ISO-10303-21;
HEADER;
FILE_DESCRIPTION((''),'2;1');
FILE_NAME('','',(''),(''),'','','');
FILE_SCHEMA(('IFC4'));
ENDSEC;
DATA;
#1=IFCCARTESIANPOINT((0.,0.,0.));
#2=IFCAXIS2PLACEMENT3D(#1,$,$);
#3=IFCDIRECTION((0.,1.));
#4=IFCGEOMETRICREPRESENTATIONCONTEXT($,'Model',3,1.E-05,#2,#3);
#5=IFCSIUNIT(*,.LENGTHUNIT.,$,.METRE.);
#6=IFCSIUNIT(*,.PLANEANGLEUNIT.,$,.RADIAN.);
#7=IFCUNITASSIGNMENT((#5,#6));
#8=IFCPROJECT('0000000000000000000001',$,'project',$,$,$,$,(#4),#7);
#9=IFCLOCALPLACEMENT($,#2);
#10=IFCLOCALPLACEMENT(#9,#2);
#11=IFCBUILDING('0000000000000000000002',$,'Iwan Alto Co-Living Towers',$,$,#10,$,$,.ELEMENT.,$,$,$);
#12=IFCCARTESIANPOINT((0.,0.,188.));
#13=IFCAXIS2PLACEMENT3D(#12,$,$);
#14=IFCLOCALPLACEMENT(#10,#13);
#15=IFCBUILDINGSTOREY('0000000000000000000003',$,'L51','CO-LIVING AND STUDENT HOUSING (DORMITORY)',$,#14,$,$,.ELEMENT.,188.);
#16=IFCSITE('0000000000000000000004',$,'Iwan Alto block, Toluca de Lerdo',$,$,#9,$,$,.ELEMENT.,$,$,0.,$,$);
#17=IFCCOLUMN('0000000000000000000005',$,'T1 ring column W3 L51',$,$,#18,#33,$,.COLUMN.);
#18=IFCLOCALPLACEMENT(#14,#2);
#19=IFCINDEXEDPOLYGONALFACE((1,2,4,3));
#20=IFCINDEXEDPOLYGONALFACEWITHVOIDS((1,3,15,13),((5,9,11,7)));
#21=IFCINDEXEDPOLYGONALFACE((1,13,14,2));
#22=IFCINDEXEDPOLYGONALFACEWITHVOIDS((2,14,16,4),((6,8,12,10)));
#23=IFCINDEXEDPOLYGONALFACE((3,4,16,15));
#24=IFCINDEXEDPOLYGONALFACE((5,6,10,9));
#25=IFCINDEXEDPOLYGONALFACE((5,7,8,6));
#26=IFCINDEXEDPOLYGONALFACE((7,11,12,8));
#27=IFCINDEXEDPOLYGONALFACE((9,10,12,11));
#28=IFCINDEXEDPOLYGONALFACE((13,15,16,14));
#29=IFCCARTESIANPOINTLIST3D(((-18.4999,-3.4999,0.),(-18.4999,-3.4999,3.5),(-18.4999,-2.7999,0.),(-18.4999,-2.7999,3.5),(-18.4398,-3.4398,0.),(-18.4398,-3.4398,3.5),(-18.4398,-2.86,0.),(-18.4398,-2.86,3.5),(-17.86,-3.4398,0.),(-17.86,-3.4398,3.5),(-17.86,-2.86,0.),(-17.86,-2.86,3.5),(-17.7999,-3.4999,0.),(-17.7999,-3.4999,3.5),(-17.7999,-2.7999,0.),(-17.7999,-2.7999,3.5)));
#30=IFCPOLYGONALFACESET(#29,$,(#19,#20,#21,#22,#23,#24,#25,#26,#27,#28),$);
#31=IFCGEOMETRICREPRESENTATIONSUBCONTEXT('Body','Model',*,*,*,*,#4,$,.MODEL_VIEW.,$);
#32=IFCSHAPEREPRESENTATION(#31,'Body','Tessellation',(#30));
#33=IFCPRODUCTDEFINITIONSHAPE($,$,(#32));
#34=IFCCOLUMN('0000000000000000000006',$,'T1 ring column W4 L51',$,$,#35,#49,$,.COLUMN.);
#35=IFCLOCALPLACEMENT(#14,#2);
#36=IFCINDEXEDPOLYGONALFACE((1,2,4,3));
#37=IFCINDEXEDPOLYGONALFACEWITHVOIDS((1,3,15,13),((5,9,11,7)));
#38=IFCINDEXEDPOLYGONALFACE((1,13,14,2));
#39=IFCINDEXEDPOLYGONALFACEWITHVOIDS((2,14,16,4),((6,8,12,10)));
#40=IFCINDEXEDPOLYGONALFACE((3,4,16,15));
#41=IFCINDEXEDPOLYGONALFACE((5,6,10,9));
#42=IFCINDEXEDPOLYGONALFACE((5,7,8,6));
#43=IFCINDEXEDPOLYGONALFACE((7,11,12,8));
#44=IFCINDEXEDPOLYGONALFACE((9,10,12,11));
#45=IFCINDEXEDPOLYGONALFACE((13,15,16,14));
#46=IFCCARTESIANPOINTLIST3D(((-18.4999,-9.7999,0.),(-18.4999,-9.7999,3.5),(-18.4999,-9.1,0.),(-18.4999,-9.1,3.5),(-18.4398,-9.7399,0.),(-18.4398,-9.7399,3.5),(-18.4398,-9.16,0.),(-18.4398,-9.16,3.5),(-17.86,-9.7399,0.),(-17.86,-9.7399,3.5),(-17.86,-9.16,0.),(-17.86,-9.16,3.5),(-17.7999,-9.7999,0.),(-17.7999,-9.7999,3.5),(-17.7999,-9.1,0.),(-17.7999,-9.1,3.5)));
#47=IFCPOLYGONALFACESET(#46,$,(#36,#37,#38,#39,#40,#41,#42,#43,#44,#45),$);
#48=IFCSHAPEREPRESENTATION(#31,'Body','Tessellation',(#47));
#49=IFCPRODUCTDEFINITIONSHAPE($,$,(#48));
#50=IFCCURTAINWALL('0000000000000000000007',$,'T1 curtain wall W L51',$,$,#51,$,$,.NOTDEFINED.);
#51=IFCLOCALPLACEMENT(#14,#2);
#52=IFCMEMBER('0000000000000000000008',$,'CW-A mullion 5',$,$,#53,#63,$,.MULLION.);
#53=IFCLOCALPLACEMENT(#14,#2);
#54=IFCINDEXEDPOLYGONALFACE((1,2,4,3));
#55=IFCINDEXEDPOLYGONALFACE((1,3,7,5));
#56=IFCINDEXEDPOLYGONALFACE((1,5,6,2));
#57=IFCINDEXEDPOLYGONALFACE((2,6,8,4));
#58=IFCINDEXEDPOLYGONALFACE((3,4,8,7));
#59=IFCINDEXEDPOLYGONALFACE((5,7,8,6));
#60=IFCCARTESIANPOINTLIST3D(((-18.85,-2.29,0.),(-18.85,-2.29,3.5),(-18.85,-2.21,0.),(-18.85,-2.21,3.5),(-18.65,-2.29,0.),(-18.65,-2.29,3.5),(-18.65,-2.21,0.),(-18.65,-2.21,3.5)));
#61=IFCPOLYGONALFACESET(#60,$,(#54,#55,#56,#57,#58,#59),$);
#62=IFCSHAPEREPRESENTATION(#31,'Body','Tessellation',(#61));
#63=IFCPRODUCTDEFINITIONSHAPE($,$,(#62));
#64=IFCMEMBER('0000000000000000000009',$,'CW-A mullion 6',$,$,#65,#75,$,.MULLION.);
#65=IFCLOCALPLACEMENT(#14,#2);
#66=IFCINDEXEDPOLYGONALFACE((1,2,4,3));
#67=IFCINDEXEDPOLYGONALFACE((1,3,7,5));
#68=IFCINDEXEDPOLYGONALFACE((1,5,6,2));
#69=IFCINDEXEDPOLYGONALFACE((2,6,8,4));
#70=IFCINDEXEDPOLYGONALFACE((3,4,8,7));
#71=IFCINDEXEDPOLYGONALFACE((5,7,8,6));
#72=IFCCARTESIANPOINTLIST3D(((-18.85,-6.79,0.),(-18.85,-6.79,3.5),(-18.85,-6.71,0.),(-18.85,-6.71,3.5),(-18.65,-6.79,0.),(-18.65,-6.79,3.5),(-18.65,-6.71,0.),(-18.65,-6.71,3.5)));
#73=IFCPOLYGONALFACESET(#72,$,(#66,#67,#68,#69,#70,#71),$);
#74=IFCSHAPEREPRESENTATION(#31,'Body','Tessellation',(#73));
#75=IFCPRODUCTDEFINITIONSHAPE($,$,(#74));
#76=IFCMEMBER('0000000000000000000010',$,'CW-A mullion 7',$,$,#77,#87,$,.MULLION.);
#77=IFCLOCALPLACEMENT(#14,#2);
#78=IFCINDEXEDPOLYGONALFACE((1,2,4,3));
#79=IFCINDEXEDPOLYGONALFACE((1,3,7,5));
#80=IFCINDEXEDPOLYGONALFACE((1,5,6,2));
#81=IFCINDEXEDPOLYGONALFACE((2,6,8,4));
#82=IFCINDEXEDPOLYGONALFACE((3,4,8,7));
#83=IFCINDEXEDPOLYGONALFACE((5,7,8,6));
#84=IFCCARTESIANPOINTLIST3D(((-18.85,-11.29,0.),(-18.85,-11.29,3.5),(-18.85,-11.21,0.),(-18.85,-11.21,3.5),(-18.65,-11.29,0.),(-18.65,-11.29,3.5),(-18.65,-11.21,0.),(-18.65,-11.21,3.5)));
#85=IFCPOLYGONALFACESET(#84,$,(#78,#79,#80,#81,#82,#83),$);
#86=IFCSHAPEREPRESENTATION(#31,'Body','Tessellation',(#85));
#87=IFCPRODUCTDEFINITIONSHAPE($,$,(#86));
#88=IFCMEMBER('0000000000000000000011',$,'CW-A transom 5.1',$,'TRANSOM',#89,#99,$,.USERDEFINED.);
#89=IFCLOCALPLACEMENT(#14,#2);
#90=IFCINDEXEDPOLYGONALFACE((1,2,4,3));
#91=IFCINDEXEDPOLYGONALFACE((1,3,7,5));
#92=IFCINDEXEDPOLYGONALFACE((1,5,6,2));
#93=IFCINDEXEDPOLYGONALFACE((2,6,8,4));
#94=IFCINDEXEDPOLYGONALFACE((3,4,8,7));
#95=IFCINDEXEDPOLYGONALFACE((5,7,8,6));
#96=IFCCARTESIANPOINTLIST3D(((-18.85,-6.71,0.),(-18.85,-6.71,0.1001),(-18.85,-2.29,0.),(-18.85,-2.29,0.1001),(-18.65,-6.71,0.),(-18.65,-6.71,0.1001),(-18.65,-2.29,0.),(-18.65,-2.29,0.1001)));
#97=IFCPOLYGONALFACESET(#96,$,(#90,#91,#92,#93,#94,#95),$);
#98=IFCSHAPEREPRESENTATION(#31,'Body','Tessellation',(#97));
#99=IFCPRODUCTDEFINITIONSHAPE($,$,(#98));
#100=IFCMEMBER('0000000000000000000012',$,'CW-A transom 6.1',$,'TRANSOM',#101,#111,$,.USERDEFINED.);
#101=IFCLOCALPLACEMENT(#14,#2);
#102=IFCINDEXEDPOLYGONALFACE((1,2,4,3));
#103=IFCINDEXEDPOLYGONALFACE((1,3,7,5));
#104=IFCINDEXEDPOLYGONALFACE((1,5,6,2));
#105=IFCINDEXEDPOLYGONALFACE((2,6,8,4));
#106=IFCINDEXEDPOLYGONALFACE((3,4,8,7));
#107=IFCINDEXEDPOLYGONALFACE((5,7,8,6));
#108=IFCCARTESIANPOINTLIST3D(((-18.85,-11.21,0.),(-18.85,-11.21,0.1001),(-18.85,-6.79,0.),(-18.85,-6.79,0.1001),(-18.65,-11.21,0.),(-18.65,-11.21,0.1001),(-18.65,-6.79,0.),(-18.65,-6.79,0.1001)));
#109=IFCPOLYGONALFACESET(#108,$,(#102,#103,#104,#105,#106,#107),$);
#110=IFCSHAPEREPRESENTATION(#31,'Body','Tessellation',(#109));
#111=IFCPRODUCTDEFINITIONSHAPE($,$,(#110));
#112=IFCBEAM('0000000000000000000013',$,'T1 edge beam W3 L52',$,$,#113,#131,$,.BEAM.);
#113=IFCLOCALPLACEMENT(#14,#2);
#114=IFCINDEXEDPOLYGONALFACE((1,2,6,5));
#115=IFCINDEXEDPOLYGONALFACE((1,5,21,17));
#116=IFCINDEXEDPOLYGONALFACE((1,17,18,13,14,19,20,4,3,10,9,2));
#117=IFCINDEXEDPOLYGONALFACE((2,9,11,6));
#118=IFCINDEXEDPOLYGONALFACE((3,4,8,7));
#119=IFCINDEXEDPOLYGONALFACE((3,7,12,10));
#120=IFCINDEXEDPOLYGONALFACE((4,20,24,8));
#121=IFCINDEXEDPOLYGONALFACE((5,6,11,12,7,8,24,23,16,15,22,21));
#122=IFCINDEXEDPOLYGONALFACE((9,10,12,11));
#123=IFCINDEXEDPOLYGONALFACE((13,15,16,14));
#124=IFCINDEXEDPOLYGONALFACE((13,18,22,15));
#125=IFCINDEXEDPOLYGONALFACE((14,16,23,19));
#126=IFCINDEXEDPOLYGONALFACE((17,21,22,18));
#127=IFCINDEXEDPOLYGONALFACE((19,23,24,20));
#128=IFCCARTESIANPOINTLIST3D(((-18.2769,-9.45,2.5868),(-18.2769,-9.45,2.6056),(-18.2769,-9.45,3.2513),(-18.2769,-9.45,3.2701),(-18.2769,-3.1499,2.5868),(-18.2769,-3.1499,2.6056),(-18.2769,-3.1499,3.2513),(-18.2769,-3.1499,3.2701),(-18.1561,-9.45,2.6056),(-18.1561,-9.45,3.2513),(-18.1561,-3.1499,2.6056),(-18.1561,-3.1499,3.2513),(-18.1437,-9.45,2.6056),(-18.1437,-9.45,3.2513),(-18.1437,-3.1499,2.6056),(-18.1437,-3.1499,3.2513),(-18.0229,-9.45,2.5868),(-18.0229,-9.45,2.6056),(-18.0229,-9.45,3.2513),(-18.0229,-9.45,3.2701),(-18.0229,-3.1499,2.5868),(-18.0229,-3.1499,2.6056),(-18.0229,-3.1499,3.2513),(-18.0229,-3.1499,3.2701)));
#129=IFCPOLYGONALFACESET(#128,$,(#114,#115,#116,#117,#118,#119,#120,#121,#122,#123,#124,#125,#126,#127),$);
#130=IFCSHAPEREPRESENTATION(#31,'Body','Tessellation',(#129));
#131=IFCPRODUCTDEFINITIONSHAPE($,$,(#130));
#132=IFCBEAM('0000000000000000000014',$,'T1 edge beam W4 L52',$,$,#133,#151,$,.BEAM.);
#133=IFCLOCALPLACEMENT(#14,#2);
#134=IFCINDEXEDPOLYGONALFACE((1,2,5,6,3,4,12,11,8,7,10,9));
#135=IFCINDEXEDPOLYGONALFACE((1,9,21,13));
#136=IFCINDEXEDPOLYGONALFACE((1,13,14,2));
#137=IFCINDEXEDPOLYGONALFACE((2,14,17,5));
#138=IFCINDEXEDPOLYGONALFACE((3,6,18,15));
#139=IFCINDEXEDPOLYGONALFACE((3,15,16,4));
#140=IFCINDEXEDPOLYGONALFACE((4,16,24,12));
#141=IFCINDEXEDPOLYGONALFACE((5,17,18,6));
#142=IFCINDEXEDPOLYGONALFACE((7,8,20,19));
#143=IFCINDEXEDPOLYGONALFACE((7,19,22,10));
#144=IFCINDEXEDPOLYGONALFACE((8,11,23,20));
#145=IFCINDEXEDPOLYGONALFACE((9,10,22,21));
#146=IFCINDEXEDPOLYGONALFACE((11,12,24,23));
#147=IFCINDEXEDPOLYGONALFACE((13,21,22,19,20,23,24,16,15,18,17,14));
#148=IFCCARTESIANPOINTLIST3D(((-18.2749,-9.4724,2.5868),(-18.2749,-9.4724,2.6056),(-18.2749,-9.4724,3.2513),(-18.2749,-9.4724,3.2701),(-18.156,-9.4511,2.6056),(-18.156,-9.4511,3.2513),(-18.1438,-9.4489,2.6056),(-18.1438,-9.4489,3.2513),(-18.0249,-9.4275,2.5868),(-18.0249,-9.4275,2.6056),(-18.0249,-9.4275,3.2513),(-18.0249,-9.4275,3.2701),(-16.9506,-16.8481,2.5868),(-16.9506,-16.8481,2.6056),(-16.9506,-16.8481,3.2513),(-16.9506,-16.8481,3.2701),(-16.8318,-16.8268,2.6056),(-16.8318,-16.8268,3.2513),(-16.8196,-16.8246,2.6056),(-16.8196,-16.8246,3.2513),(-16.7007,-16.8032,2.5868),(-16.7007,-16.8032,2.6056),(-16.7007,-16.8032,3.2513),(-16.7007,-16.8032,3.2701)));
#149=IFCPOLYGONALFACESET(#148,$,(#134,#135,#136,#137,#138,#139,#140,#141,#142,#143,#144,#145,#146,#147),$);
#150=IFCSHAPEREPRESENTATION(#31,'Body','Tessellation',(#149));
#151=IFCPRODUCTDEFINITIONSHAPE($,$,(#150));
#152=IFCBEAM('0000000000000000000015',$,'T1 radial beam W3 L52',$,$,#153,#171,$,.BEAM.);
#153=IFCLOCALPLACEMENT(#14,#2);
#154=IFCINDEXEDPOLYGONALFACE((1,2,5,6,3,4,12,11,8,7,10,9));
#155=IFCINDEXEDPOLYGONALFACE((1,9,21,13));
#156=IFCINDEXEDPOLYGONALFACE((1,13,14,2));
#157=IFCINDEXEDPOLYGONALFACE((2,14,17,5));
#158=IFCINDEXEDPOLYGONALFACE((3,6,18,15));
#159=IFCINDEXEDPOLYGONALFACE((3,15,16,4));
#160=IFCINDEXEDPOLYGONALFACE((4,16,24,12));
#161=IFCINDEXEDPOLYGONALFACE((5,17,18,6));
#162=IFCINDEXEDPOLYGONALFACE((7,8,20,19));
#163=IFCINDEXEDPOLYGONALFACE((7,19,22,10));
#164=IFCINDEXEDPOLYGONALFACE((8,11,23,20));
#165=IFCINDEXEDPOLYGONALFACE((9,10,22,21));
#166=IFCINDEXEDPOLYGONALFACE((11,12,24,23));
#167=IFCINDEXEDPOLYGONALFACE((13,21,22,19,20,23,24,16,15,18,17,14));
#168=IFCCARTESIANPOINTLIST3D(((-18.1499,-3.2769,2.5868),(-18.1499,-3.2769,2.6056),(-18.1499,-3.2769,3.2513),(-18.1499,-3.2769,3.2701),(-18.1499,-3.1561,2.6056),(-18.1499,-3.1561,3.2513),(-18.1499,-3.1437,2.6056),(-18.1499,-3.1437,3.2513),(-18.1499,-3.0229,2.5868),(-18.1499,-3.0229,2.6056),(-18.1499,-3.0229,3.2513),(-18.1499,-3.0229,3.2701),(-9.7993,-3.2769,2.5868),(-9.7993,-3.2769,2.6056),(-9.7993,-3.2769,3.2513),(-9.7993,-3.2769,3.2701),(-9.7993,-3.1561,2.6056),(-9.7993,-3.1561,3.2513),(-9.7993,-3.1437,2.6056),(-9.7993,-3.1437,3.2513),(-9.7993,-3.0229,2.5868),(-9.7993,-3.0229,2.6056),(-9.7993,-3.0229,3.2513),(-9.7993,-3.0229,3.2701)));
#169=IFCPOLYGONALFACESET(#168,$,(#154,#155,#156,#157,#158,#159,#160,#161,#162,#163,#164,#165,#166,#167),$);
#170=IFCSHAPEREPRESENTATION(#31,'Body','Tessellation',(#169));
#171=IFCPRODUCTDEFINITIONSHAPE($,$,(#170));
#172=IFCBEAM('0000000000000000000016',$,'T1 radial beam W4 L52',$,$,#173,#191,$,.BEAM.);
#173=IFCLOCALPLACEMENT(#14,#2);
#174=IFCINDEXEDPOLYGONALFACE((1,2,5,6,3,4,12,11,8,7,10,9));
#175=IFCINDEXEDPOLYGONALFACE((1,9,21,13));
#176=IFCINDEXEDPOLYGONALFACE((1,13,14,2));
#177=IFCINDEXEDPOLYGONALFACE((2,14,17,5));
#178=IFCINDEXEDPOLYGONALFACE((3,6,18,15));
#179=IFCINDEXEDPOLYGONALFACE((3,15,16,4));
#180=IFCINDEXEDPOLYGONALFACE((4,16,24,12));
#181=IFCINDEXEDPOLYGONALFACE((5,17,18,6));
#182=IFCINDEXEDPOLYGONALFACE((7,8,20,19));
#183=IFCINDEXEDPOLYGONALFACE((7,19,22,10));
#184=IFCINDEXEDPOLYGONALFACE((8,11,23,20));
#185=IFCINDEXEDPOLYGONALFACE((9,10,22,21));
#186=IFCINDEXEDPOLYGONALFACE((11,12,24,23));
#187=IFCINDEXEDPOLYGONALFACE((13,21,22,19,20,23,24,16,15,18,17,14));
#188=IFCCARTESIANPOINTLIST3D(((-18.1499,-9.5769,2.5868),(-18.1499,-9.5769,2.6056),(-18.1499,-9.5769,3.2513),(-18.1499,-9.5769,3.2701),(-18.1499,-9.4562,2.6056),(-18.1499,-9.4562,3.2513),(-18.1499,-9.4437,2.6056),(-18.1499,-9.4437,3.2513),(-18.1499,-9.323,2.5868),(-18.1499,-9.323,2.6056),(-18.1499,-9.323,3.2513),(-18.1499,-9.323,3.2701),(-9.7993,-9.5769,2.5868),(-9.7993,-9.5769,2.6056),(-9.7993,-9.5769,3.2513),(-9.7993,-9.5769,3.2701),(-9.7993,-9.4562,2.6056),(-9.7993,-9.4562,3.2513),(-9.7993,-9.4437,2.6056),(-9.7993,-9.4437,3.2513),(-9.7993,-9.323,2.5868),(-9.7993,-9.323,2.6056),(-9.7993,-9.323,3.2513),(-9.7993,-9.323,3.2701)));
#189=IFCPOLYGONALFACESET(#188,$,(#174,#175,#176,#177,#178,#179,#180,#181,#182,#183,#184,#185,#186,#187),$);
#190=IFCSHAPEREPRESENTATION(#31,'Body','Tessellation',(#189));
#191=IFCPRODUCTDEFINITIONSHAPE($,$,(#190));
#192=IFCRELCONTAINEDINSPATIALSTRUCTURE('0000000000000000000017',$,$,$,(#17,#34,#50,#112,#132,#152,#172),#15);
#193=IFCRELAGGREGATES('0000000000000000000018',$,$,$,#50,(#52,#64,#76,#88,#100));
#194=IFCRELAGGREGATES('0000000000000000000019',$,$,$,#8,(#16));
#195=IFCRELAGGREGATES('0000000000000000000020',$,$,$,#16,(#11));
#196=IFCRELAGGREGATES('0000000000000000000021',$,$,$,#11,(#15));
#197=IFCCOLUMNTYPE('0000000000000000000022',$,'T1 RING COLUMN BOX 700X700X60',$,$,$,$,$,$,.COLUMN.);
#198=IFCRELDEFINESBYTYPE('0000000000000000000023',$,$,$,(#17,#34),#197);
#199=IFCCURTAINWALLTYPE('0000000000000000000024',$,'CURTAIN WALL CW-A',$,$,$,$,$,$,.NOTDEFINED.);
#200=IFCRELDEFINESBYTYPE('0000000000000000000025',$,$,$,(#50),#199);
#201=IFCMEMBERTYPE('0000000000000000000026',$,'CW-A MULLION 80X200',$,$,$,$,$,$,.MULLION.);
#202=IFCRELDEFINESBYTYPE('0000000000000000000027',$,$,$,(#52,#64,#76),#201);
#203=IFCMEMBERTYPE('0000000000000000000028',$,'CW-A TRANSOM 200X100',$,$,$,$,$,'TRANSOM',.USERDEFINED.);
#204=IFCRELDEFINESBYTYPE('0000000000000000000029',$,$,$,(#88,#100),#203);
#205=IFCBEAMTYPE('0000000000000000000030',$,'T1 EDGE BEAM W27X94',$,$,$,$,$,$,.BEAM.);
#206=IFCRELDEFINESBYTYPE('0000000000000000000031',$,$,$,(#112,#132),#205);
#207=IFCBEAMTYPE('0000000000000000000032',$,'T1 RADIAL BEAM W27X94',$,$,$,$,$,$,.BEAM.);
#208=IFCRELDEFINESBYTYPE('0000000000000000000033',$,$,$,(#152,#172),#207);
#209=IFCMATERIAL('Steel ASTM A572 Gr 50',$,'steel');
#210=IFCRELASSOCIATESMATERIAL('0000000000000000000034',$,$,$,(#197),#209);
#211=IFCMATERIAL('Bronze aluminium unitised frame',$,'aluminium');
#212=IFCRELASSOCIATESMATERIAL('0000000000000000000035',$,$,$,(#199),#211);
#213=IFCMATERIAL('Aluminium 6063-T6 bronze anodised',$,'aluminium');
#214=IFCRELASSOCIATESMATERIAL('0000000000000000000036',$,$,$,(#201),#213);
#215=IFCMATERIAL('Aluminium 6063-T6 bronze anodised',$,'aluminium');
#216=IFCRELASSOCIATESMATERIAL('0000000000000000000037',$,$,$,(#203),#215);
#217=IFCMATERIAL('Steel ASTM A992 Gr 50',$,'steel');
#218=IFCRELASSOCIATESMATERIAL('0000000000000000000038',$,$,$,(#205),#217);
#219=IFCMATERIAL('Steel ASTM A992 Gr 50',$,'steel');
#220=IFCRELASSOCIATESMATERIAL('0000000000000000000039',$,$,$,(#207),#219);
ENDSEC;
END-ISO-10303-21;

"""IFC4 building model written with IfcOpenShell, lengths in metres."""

from ifc_helpers import new_model, si_unit, direction, frame, origin, origin_2d, place, context, subcontext, project, spatial, rectangle, hollow_rectangle, i_section, extrude, material, material_profile, profile_set, type_object, element, aggregate, save


model = new_model("IFC4")

# Units and contexts
model_context = context("Model", 3, precision=1e-05, world=origin(), true_north=direction((0.0, 1.0)))
body_context = subcontext(model_context, "Body", "Model", "MODEL_VIEW")
ifc_project = project(units=[si_unit("LENGTHUNIT", "METRE"), si_unit("PLANEANGLEUNIT", "RADIAN")], contexts=[model_context])

# Site, building, storey
site_placement = place(None, origin())
site = spatial("IfcSite", under=ifc_project, at=site_placement, Name="Iwan Alto block, Toluca de Lerdo", CompositionType="ELEMENT", RefElevation=0.0)
building_placement = place(site_placement, origin())
building = spatial("IfcBuilding", under=site, at=building_placement, Name="Iwan Alto Co-Living Towers", CompositionType="ELEMENT")
storey_placement = place(building_placement, frame((0.0, 0.0, 188.0)))
storey = spatial("IfcBuildingStorey", under=building, at=storey_placement, Name="L51", Description="CO-LIVING AND STUDENT HOUSING (DORMITORY)", CompositionType="ELEMENT", Elevation=188.0)

# Columns
ifc_material_1 = material(Name="Steel ASTM A572 Gr 50", Category="steel")
ifc_material_profile_1 = material_profile(ifc_material_1, hollow_rectangle(XDim=0.7, YDim=0.7, WallThickness=0.0601, at=origin_2d()), Name="BOX 700X700X60")
ifc_profile_set_1 = profile_set([ifc_material_profile_1], Name="Steel ASTM A572 Gr 50")
column_type = type_object("IfcColumnType", Name="T1 RING COLUMN BOX 700X700X60", PredefinedType="COLUMN", material=ifc_profile_set_1)
for number, where, z_axis, x_axis, name in (
    (1, (-18.1499, -3.1499, 0.0), (0.0, 0.0, 1.0), (1.0, 0.0, 0.0), "T1 ring column W3 L51"),
    (2, (-18.1499, -9.45, 0.0), (0.0, 0.0, 1.0), (1.0, 0.0, 0.0), "T1 ring column W4 L51"),
):
    element("IfcColumn", number, at=place(storey_placement, frame(where, z_axis=z_axis, x_axis=x_axis)), inside=storey, type_object=column_type, Name=name, PredefinedType="COLUMN", context=body_context, shape_type="SweptSolid", body=[
        extrude(hollow_rectangle(XDim=0.7, YDim=0.7, WallThickness=0.0601, at=origin_2d()), origin(), (0.0, 0.0, 1.0), 3.5),
    ])

# Curtain wall, members
ifc_material_2 = material(Name="Bronze aluminium unitised frame", Category="aluminium")
curtain_wall_type = type_object("IfcCurtainWallType", Name="CURTAIN WALL CW-A", PredefinedType="NOTDEFINED", material=ifc_material_2)
curtain_wall_placement = place(storey_placement, origin())
curtain_wall = element("IfcCurtainWall", 3, at=curtain_wall_placement, inside=storey, type_object=curtain_wall_type, Name="T1 curtain wall W L51", PredefinedType="NOTDEFINED")
ifc_material_3 = material(Name="Aluminium 6063-T6 bronze anodised", Category="aluminium")
ifc_material_profile_2 = material_profile(ifc_material_3, rectangle(XDim=0.2, YDim=0.0801, at=origin_2d()), Name="AL 80X200")
ifc_profile_set_2 = profile_set([ifc_material_profile_2], Name="Aluminium 6063-T6 bronze anodised")
member_type_1 = type_object("IfcMemberType", Name="CW-A MULLION 80X200", PredefinedType="MULLION", material=ifc_profile_set_2)
member_1_placement = place(storey_placement, frame((-18.75, -2.25, 0.0), z_axis=(0.0, 0.0, 1.0), x_axis=(1.0, 0.0, 0.0)))
member_1 = element("IfcMember", 4, at=member_1_placement, type_object=member_type_1, Name="CW-A mullion 5", PredefinedType="MULLION", context=body_context, shape_type="SweptSolid", body=[
    extrude(rectangle(XDim=0.2, YDim=0.0801, at=origin_2d()), origin(), (0.0, 0.0, 1.0), 3.5),
])
member_2_placement = place(storey_placement, frame((-18.75, -6.75, 0.0), z_axis=(0.0, 0.0, 1.0), x_axis=(1.0, 0.0, 0.0)))
member_2 = element("IfcMember", 5, at=member_2_placement, type_object=member_type_1, Name="CW-A mullion 6", PredefinedType="MULLION", context=body_context, shape_type="SweptSolid", body=[
    extrude(rectangle(XDim=0.2, YDim=0.0801, at=origin_2d()), origin(), (0.0, 0.0, 1.0), 3.5),
])
member_3_placement = place(storey_placement, frame((-18.75, -11.25, 0.0), z_axis=(0.0, 0.0, 1.0), x_axis=(1.0, 0.0, 0.0)))
member_3 = element("IfcMember", 6, at=member_3_placement, type_object=member_type_1, Name="CW-A mullion 7", PredefinedType="MULLION", context=body_context, shape_type="SweptSolid", body=[
    extrude(rectangle(XDim=0.2, YDim=0.0801, at=origin_2d()), origin(), (0.0, 0.0, 1.0), 3.5),
])
ifc_material_4 = material(Name="Aluminium 6063-T6 bronze anodised", Category="aluminium")
ifc_material_profile_3 = material_profile(ifc_material_4, rectangle(XDim=0.2, YDim=0.1001, at=origin_2d()), Name="AL 200X100")
ifc_profile_set_3 = profile_set([ifc_material_profile_3], Name="Aluminium 6063-T6 bronze anodised")
member_type_2 = type_object("IfcMemberType", Name="CW-A TRANSOM 200X100", ElementType="TRANSOM", PredefinedType="USERDEFINED", material=ifc_profile_set_3)
member_4_placement = place(storey_placement, frame((-18.75, -2.29, 0.05), z_axis=(0.0, -1.0, 0.0), x_axis=(1.0, 0.0, 0.0)))
member_4 = element("IfcMember", 7, at=member_4_placement, type_object=member_type_2, Name="CW-A transom 5.1", ObjectType="TRANSOM", PredefinedType="USERDEFINED", context=body_context, shape_type="SweptSolid", body=[
    extrude(rectangle(XDim=0.2, YDim=0.1001, at=origin_2d()), origin(), (0.0, 0.0, 1.0), 4.4199),
])
member_5_placement = place(storey_placement, frame((-18.75, -6.79, 0.05), z_axis=(0.0, -1.0, 0.0), x_axis=(1.0, 0.0, 0.0)))
member_5 = element("IfcMember", 8, at=member_5_placement, type_object=member_type_2, Name="CW-A transom 6.1", ObjectType="TRANSOM", PredefinedType="USERDEFINED", context=body_context, shape_type="SweptSolid", body=[
    extrude(rectangle(XDim=0.2, YDim=0.1001, at=origin_2d()), origin(), (0.0, 0.0, 1.0), 4.4199),
])

# Beams
ifc_material_5 = material(Name="Steel ASTM A992 Gr 50", Category="steel")
ifc_material_profile_4 = material_profile(ifc_material_5, i_section(OverallWidth=0.2539, OverallDepth=0.6833, WebThickness=0.0125, FlangeThickness=0.0188, at=origin_2d()), Name="W27X94")
ifc_profile_set_4 = profile_set([ifc_material_profile_4], Name="Steel ASTM A992 Gr 50")
beam_type_1 = type_object("IfcBeamType", Name="T1 EDGE BEAM W27X94", PredefinedType="BEAM", material=ifc_profile_set_4)
beam_1_placement = place(storey_placement, frame((-18.1499, -3.1499, 2.9285), z_axis=(0.0, -1.0, 0.0), x_axis=(1.0, 0.0, 0.0)))
element("IfcBeam", 9, at=beam_1_placement, inside=storey, type_object=beam_type_1, Name="T1 edge beam W3 L52", PredefinedType="BEAM", context=body_context, shape_type="SweptSolid", body=[
    extrude(i_section(OverallWidth=0.2539, OverallDepth=0.6833, WebThickness=0.0125, FlangeThickness=0.0188, at=origin_2d()), origin(), (0.0, 0.0, 1.0), 6.3),
])
beam_2_placement = place(storey_placement, frame((-18.1499, -9.45, 2.9285), z_axis=(0.176712, -0.984263, 0.0), x_axis=(0.984263, 0.176712, 0.0)))
element("IfcBeam", 10, at=beam_2_placement, inside=storey, type_object=beam_type_1, Name="T1 edge beam W4 L52", PredefinedType="BEAM", context=body_context, shape_type="SweptSolid", body=[
    extrude(i_section(OverallWidth=0.2539, OverallDepth=0.6833, WebThickness=0.0125, FlangeThickness=0.0188, at=origin_2d()), origin(), (0.0, 0.0, 1.0), 7.4937),
])
ifc_material_6 = material(Name="Steel ASTM A992 Gr 50", Category="steel")
ifc_material_profile_5 = material_profile(ifc_material_6, i_section(OverallWidth=0.2539, OverallDepth=0.6833, WebThickness=0.0125, FlangeThickness=0.0188, at=origin_2d()), Name="W27X94")
ifc_profile_set_5 = profile_set([ifc_material_profile_5], Name="Steel ASTM A992 Gr 50")
beam_type_2 = type_object("IfcBeamType", Name="T1 RADIAL BEAM W27X94", PredefinedType="BEAM", material=ifc_profile_set_5)
for number, where, z_axis, x_axis, name in (
    (11, (-18.1499, -3.1499, 2.9285), (1.0, 0.0, 0.0), (0.0, 1.0, 0.0), "T1 radial beam W3 L52"),
    (12, (-18.1499, -9.45, 2.9285), (1.0, 0.0, 0.0), (0.0, 1.0, 0.0), "T1 radial beam W4 L52"),
):
    element("IfcBeam", number, at=place(storey_placement, frame(where, z_axis=z_axis, x_axis=x_axis)), inside=storey, type_object=beam_type_2, Name=name, PredefinedType="BEAM", context=body_context, shape_type="SweptSolid", body=[
        extrude(i_section(OverallWidth=0.2539, OverallDepth=0.6833, WebThickness=0.0125, FlangeThickness=0.0188, at=origin_2d()), origin(), (0.0, 0.0, 1.0), 8.3506),
    ])

aggregate(curtain_wall, [member_1, member_2, member_3, member_4, member_5])

save(model, "model.ifc")
